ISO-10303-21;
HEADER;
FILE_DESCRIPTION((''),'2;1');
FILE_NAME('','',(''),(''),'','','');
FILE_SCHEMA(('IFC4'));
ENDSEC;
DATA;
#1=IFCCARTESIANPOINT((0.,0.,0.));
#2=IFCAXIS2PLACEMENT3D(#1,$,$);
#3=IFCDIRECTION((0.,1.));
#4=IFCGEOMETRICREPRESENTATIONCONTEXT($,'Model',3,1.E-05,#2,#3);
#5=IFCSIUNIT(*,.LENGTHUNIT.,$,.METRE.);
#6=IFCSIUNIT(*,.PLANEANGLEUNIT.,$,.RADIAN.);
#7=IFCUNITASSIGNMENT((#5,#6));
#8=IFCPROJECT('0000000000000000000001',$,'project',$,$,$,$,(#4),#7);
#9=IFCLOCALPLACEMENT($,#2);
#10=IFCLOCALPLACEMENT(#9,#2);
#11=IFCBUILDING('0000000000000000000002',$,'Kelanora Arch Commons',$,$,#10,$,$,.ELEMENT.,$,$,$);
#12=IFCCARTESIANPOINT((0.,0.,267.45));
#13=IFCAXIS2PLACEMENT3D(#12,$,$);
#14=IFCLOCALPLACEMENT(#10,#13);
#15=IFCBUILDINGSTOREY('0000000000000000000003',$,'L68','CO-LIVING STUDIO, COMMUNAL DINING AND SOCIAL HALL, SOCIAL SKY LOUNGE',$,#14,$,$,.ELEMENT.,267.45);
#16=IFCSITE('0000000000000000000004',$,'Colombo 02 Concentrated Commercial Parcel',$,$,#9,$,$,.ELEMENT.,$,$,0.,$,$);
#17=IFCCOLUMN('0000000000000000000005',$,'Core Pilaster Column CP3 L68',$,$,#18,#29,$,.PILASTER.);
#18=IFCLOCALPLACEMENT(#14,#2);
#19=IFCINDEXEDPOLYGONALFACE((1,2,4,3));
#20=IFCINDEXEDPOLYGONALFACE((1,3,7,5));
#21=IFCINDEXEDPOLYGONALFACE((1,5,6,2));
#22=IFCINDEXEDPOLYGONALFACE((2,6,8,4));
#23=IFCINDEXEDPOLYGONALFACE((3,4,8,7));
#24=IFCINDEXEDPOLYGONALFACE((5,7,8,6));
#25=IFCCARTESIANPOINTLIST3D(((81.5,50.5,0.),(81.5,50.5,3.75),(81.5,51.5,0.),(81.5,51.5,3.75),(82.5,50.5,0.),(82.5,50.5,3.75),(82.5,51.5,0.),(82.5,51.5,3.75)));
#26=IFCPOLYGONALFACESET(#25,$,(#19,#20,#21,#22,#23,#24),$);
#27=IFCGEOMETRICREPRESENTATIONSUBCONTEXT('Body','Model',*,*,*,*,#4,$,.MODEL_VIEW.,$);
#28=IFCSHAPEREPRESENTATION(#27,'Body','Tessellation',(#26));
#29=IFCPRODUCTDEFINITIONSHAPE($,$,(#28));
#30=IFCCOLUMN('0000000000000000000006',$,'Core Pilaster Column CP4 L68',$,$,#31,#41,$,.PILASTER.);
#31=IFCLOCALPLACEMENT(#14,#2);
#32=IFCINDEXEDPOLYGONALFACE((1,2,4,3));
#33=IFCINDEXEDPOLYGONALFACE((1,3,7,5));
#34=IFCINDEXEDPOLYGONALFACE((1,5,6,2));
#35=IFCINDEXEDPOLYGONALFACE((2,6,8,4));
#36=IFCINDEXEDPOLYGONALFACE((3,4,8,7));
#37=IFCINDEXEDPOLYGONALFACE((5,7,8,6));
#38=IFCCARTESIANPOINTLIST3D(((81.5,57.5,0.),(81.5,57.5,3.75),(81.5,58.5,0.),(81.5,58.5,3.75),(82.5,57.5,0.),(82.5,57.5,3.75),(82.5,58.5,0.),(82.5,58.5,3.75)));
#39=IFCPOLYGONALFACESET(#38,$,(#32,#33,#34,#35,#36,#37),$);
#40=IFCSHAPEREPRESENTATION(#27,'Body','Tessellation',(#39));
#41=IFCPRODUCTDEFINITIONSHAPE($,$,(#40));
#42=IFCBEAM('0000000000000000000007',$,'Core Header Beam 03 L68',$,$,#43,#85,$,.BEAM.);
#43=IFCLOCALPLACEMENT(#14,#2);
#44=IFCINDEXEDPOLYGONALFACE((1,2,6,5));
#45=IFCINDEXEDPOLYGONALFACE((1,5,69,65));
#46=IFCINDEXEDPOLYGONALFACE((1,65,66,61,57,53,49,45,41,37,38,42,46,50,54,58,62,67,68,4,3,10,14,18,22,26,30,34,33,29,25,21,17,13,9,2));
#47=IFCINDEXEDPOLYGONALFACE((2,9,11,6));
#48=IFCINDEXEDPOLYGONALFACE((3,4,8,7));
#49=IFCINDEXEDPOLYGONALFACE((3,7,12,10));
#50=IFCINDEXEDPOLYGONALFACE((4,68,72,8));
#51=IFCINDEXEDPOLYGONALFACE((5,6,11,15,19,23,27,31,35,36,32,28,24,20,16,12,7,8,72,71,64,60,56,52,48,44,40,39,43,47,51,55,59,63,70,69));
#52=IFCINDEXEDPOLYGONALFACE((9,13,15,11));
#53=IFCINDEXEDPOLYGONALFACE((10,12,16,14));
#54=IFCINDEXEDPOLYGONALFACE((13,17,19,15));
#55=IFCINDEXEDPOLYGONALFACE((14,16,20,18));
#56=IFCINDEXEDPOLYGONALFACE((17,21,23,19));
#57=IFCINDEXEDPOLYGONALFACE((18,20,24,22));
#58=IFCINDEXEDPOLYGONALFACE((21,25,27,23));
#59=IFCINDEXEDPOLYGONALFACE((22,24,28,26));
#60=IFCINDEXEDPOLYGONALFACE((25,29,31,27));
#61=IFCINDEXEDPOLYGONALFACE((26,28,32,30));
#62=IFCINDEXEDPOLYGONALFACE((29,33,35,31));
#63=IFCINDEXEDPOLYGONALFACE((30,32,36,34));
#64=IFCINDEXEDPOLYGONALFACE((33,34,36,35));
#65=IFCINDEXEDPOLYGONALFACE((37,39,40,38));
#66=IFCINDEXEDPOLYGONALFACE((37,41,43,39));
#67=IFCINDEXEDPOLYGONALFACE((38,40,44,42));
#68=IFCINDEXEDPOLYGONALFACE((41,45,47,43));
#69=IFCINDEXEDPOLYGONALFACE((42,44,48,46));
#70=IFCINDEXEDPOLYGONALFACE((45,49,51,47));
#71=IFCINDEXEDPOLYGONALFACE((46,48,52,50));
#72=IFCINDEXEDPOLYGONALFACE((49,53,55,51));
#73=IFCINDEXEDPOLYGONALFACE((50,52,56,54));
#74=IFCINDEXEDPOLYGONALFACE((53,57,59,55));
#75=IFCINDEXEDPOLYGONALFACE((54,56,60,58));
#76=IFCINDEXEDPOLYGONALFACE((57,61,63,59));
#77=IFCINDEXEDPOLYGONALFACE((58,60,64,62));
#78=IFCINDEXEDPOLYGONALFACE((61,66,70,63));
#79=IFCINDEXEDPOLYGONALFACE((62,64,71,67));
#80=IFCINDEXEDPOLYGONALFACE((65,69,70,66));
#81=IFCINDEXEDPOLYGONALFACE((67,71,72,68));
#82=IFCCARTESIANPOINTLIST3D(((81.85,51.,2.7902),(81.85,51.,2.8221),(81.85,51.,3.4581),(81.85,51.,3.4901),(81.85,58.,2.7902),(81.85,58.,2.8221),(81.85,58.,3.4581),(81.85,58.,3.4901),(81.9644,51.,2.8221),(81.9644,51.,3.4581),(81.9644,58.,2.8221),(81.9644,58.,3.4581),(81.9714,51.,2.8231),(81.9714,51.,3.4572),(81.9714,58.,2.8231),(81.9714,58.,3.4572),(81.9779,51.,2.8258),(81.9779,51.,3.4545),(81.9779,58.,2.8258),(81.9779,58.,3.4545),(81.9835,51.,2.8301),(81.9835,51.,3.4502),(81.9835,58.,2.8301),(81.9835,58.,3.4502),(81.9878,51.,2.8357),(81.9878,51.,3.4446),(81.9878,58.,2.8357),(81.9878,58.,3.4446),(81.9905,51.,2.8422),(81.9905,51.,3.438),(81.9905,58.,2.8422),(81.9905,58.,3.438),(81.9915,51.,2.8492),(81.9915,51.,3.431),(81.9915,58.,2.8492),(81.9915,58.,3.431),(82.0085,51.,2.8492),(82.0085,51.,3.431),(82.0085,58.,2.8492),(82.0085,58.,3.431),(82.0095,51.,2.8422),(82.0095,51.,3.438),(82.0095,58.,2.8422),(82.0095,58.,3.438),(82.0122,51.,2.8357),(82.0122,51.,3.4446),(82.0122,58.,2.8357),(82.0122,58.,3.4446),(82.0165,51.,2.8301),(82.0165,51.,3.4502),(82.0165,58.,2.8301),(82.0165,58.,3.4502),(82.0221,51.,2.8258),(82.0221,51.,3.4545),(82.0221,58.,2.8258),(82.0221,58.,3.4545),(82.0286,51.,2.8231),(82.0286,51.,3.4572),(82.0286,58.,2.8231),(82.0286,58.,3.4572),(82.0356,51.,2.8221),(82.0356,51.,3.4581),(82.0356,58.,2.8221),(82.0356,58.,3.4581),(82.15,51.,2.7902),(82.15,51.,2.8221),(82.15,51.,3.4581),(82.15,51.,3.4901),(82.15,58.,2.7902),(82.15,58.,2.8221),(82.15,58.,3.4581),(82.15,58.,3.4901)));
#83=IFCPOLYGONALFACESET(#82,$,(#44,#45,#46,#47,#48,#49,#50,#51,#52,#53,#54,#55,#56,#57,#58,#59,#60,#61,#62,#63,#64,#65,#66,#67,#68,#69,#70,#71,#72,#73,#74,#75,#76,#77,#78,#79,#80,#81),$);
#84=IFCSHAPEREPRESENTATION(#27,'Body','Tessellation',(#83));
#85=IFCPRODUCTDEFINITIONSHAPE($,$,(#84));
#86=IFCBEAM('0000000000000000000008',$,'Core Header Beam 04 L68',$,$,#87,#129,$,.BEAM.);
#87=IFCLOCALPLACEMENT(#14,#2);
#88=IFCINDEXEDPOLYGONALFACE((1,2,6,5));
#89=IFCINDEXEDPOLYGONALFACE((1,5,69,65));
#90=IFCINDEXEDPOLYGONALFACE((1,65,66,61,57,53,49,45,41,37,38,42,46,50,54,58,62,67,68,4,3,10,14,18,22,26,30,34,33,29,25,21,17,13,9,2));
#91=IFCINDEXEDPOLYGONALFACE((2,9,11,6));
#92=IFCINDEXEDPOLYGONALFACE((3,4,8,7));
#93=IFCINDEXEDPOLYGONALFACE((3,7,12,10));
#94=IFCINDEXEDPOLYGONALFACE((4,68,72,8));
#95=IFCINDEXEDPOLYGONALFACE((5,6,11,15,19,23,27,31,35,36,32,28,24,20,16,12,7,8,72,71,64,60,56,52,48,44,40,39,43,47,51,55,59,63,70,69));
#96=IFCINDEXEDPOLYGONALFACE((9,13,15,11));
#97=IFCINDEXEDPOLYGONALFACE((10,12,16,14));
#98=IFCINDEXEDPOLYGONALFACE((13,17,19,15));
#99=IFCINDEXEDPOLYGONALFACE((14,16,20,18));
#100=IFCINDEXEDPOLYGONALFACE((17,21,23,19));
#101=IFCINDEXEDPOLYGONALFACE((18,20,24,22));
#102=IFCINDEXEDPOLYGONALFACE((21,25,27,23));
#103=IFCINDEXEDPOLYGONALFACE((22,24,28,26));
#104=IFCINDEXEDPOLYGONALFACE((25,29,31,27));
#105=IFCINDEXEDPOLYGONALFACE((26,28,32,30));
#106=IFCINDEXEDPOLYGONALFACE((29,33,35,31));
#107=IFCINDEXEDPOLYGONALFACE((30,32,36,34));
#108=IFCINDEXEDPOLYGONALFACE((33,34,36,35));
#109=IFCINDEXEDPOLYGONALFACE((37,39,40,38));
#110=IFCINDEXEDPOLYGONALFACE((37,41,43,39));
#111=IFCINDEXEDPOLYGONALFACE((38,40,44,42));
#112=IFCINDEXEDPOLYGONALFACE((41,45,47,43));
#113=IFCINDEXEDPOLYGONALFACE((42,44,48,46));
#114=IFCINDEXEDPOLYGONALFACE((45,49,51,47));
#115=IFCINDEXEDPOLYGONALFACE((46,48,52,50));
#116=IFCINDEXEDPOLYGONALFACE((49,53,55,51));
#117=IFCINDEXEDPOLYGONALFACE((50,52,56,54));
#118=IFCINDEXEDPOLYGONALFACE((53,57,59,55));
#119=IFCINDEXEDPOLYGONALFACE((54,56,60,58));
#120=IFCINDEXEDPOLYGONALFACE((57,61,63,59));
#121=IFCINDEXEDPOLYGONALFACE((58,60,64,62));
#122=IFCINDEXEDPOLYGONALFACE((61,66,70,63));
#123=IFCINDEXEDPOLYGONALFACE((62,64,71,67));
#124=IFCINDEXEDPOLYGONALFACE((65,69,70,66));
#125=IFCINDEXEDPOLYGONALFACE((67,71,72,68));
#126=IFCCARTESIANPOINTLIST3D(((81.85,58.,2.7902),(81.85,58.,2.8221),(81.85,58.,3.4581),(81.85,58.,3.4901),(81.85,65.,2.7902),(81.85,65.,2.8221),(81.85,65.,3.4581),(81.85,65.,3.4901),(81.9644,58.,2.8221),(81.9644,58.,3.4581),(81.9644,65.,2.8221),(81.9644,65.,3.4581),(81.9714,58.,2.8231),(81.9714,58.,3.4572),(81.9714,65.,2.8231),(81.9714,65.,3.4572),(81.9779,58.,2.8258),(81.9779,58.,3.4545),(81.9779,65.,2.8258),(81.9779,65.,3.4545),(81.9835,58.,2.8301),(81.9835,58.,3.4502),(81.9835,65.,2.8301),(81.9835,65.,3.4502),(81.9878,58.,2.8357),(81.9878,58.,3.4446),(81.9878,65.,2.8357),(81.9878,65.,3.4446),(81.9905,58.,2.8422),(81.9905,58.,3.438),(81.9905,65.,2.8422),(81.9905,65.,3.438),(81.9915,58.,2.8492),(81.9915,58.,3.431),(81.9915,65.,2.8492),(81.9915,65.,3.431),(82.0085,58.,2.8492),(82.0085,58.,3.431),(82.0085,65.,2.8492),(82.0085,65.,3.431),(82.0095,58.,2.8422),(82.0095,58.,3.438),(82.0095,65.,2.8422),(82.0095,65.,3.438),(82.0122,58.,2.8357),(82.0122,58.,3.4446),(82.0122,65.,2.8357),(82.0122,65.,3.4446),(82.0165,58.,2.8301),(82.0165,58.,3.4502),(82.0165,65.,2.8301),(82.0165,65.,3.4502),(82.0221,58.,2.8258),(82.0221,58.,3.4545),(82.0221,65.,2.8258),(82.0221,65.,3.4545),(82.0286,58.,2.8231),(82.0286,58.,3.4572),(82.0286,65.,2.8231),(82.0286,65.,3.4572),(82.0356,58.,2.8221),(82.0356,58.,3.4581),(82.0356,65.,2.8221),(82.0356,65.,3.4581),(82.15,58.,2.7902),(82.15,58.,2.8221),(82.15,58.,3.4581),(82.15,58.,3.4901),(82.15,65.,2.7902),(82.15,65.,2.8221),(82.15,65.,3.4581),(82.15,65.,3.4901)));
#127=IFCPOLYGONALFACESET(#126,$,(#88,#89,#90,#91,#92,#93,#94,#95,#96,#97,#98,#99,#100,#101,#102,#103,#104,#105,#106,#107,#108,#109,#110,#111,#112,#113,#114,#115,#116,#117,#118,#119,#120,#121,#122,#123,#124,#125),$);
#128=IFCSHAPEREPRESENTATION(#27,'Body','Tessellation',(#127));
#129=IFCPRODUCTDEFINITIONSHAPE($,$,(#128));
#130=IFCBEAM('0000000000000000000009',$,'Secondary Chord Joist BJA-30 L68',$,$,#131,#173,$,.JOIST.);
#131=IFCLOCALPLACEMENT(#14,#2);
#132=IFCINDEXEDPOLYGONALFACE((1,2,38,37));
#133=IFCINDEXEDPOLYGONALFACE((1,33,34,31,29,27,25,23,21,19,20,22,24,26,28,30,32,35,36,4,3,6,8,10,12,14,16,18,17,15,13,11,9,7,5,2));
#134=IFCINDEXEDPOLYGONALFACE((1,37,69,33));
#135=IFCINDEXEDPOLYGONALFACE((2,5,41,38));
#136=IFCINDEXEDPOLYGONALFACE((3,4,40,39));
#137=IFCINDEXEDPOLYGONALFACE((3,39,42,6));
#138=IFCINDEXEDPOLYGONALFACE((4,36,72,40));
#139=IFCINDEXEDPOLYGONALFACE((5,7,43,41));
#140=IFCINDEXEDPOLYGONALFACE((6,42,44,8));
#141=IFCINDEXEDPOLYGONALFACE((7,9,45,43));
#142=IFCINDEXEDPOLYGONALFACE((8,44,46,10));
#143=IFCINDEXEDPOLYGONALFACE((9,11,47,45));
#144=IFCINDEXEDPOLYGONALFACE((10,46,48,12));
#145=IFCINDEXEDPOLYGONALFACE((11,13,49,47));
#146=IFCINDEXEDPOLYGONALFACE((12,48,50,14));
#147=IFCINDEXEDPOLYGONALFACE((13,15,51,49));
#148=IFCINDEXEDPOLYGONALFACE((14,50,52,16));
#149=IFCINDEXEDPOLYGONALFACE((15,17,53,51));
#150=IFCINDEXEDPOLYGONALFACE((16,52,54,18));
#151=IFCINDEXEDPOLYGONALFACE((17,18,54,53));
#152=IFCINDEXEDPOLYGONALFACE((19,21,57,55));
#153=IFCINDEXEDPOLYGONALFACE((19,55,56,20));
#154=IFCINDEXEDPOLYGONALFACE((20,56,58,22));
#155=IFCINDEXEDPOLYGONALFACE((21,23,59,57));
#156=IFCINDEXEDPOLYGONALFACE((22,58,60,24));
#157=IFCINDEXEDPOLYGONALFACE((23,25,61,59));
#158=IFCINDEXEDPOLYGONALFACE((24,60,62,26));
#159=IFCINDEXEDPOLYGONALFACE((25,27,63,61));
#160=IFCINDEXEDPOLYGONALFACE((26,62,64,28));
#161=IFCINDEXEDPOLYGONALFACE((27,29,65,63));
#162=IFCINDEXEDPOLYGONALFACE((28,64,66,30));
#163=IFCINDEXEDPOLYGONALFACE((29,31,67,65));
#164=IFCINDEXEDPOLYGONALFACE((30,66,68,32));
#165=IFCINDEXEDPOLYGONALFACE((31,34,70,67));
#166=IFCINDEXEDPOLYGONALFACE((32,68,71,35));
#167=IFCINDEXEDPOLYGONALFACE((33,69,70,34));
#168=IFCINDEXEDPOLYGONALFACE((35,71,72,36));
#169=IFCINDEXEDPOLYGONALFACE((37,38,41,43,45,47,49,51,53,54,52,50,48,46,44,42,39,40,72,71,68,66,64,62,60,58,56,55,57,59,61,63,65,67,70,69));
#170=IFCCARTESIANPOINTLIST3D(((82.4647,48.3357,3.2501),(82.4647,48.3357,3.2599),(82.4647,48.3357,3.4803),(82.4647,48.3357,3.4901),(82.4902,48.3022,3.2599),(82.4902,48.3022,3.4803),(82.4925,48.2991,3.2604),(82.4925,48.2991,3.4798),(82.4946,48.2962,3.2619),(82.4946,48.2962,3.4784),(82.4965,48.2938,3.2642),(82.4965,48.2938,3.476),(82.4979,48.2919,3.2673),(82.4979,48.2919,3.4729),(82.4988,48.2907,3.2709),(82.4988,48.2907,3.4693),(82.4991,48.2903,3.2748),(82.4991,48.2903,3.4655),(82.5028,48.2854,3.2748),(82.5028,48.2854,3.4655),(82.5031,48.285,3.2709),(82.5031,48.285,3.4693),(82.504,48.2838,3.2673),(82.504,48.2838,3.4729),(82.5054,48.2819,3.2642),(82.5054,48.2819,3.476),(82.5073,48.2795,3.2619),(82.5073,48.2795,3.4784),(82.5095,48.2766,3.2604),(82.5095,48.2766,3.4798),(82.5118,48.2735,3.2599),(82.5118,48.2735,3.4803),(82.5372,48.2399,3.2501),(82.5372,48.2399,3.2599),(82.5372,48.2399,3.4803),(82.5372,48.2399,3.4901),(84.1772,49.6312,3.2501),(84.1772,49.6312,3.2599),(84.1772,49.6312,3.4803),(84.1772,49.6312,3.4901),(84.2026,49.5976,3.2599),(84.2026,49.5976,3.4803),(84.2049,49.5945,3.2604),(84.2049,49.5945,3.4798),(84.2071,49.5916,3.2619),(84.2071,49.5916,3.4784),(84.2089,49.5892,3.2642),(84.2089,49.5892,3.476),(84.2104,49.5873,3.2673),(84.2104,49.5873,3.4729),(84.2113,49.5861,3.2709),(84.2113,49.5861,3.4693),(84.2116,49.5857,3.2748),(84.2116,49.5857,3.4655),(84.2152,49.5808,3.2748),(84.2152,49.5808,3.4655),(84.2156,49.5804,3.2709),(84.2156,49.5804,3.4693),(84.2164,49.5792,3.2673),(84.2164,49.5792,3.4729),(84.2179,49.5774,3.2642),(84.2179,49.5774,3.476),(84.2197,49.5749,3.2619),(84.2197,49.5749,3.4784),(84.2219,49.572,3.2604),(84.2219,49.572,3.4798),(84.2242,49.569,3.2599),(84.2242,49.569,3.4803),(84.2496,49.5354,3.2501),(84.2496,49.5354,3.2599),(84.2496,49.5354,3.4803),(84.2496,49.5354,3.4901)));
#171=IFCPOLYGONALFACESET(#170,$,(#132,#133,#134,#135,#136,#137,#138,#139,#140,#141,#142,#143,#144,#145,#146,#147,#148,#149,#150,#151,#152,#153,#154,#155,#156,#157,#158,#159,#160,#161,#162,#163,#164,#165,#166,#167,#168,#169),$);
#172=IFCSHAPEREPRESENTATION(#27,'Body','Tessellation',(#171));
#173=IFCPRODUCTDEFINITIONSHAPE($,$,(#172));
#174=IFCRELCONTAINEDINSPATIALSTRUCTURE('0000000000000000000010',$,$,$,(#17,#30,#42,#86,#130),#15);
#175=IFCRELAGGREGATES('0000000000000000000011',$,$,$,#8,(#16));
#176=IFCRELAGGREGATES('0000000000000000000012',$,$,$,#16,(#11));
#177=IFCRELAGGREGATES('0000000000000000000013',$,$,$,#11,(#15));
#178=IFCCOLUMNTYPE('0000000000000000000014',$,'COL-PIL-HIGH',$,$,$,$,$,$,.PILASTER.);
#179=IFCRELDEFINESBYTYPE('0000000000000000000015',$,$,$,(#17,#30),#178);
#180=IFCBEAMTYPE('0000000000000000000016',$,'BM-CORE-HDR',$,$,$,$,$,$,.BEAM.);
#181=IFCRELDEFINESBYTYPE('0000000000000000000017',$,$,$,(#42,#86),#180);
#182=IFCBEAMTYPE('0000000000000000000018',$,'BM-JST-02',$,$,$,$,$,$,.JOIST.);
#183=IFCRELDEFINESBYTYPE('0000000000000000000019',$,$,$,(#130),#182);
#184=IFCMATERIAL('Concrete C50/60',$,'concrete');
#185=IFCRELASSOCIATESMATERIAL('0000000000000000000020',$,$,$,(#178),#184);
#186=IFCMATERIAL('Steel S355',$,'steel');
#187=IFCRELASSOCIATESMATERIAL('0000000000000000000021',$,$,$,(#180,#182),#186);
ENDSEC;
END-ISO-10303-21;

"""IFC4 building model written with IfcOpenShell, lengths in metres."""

from ifc_helpers import new_model, si_unit, direction, frame, origin, origin_2d, place, context, subcontext, project, spatial, rectangle, i_section, extrude, material, material_profile, profile_set, type_object, element, save


model = new_model("IFC4")

# Units and contexts
model_context = context("Model", 3, precision=1e-05, world=origin(), true_north=direction((0.0, 1.0)))
body_context = subcontext(model_context, "Body", "Model", "MODEL_VIEW")
ifc_project = project(units=[si_unit("LENGTHUNIT", "METRE"), si_unit("PLANEANGLEUNIT", "RADIAN")], contexts=[model_context])

# Site, building, storey
site_placement = place(None, origin())
site = spatial("IfcSite", under=ifc_project, at=site_placement, Name="Colombo 02 Concentrated Commercial Parcel", CompositionType="ELEMENT", RefElevation=0.0)
building_placement = place(site_placement, origin())
building = spatial("IfcBuilding", under=site, at=building_placement, Name="Kelanora Arch Commons", CompositionType="ELEMENT")
storey_placement = place(building_placement, frame((0.0, 0.0, 267.45)))
storey = spatial("IfcBuildingStorey", under=building, at=storey_placement, Name="L68", Description="CO-LIVING STUDIO, COMMUNAL DINING AND SOCIAL HALL, SOCIAL SKY LOUNGE", CompositionType="ELEMENT", Elevation=267.45)

# Columns
ifc_material_1 = material(Name="Concrete C50/60", Category="concrete")
ifc_material_profile_1 = material_profile(ifc_material_1, rectangle(XDim=1.0, YDim=1.0, at=origin_2d()), Name="RC1000x1000")
ifc_profile_set_1 = profile_set([ifc_material_profile_1], Name="Concrete C50/60")
column_type = type_object("IfcColumnType", Name="COL-PIL-HIGH", PredefinedType="PILASTER", material=ifc_profile_set_1)
for number, where, z_axis, x_axis, name in (
    (1, (82.0, 51.0, 0.0), (0.0, 0.0, 1.0), (1.0, 0.0, 0.0), "Core Pilaster Column CP3 L68"),
    (2, (82.0, 58.0, 0.0), (0.0, 0.0, 1.0), (1.0, 0.0, 0.0), "Core Pilaster Column CP4 L68"),
):
    element("IfcColumn", number, at=place(storey_placement, frame(where, z_axis=z_axis, x_axis=x_axis)), inside=storey, type_object=column_type, Name=name, PredefinedType="PILASTER", context=body_context, shape_type="SweptSolid", body=[
        extrude(rectangle(XDim=1.0, YDim=1.0, at=origin_2d()), origin(), (0.0, 0.0, 1.0), 3.75),
    ])

# Beams
ifc_material_2 = material(Name="Steel S355", Category="steel")
ifc_material_profile_2 = material_profile(ifc_material_2, i_section(OverallWidth=0.3, OverallDepth=0.7, WebThickness=0.0171, FlangeThickness=0.032, FilletRadius=0.0271, at=origin_2d()), Name="HEB700")
ifc_profile_set_2 = profile_set([ifc_material_profile_2], Name="Steel S355")
beam_type_1 = type_object("IfcBeamType", Name="BM-CORE-HDR", PredefinedType="BEAM", material=ifc_profile_set_2)
for number, where, z_axis, x_axis, name in (
    (3, (82.0, 51.0, 3.1401), (0.0, 1.0, 0.0), (-1.0, 0.0, 0.0), "Core Header Beam 03 L68"),
    (4, (82.0, 58.0, 3.1401), (0.0, 1.0, 0.0), (-1.0, 0.0, 0.0), "Core Header Beam 04 L68"),
):
    element("IfcBeam", number, at=place(storey_placement, frame(where, z_axis=z_axis, x_axis=x_axis)), inside=storey, type_object=beam_type_1, Name=name, PredefinedType="BEAM", context=body_context, shape_type="SweptSolid", body=[
        extrude(i_section(OverallWidth=0.3, OverallDepth=0.7, WebThickness=0.0171, FlangeThickness=0.032, FilletRadius=0.0271, at=origin_2d()), origin(), (0.0, 0.0, 1.0), 7.0),
    ])
ifc_material_profile_3 = material_profile(ifc_material_2, i_section(OverallWidth=0.1201, OverallDepth=0.24, WebThickness=0.0061, FlangeThickness=0.0098, FilletRadius=0.0149, at=origin_2d()), Name="IPE240")
ifc_profile_set_3 = profile_set([ifc_material_profile_3], Name="Steel S355")
beam_type_2 = type_object("IfcBeamType", Name="BM-JST-02", PredefinedType="JOIST", material=ifc_profile_set_3)
beam_1_placement = place(storey_placement, frame((82.501, 48.2878, 3.3701), z_axis=(0.79751, 0.603306, 0.0), x_axis=(-0.603306, 0.79751, 0.0)))
element("IfcBeam", 5, at=beam_1_placement, inside=storey, type_object=beam_type_2, Name="Secondary Chord Joist BJA-30 L68", PredefinedType="JOIST", context=body_context, shape_type="SweptSolid", body=[
    extrude(i_section(OverallWidth=0.1201, OverallDepth=0.24, WebThickness=0.0061, FlangeThickness=0.0098, FilletRadius=0.0149, at=origin_2d()), origin(), (0.0, 0.0, 1.0), 2.1472),
])

save(model, "model.ifc")
